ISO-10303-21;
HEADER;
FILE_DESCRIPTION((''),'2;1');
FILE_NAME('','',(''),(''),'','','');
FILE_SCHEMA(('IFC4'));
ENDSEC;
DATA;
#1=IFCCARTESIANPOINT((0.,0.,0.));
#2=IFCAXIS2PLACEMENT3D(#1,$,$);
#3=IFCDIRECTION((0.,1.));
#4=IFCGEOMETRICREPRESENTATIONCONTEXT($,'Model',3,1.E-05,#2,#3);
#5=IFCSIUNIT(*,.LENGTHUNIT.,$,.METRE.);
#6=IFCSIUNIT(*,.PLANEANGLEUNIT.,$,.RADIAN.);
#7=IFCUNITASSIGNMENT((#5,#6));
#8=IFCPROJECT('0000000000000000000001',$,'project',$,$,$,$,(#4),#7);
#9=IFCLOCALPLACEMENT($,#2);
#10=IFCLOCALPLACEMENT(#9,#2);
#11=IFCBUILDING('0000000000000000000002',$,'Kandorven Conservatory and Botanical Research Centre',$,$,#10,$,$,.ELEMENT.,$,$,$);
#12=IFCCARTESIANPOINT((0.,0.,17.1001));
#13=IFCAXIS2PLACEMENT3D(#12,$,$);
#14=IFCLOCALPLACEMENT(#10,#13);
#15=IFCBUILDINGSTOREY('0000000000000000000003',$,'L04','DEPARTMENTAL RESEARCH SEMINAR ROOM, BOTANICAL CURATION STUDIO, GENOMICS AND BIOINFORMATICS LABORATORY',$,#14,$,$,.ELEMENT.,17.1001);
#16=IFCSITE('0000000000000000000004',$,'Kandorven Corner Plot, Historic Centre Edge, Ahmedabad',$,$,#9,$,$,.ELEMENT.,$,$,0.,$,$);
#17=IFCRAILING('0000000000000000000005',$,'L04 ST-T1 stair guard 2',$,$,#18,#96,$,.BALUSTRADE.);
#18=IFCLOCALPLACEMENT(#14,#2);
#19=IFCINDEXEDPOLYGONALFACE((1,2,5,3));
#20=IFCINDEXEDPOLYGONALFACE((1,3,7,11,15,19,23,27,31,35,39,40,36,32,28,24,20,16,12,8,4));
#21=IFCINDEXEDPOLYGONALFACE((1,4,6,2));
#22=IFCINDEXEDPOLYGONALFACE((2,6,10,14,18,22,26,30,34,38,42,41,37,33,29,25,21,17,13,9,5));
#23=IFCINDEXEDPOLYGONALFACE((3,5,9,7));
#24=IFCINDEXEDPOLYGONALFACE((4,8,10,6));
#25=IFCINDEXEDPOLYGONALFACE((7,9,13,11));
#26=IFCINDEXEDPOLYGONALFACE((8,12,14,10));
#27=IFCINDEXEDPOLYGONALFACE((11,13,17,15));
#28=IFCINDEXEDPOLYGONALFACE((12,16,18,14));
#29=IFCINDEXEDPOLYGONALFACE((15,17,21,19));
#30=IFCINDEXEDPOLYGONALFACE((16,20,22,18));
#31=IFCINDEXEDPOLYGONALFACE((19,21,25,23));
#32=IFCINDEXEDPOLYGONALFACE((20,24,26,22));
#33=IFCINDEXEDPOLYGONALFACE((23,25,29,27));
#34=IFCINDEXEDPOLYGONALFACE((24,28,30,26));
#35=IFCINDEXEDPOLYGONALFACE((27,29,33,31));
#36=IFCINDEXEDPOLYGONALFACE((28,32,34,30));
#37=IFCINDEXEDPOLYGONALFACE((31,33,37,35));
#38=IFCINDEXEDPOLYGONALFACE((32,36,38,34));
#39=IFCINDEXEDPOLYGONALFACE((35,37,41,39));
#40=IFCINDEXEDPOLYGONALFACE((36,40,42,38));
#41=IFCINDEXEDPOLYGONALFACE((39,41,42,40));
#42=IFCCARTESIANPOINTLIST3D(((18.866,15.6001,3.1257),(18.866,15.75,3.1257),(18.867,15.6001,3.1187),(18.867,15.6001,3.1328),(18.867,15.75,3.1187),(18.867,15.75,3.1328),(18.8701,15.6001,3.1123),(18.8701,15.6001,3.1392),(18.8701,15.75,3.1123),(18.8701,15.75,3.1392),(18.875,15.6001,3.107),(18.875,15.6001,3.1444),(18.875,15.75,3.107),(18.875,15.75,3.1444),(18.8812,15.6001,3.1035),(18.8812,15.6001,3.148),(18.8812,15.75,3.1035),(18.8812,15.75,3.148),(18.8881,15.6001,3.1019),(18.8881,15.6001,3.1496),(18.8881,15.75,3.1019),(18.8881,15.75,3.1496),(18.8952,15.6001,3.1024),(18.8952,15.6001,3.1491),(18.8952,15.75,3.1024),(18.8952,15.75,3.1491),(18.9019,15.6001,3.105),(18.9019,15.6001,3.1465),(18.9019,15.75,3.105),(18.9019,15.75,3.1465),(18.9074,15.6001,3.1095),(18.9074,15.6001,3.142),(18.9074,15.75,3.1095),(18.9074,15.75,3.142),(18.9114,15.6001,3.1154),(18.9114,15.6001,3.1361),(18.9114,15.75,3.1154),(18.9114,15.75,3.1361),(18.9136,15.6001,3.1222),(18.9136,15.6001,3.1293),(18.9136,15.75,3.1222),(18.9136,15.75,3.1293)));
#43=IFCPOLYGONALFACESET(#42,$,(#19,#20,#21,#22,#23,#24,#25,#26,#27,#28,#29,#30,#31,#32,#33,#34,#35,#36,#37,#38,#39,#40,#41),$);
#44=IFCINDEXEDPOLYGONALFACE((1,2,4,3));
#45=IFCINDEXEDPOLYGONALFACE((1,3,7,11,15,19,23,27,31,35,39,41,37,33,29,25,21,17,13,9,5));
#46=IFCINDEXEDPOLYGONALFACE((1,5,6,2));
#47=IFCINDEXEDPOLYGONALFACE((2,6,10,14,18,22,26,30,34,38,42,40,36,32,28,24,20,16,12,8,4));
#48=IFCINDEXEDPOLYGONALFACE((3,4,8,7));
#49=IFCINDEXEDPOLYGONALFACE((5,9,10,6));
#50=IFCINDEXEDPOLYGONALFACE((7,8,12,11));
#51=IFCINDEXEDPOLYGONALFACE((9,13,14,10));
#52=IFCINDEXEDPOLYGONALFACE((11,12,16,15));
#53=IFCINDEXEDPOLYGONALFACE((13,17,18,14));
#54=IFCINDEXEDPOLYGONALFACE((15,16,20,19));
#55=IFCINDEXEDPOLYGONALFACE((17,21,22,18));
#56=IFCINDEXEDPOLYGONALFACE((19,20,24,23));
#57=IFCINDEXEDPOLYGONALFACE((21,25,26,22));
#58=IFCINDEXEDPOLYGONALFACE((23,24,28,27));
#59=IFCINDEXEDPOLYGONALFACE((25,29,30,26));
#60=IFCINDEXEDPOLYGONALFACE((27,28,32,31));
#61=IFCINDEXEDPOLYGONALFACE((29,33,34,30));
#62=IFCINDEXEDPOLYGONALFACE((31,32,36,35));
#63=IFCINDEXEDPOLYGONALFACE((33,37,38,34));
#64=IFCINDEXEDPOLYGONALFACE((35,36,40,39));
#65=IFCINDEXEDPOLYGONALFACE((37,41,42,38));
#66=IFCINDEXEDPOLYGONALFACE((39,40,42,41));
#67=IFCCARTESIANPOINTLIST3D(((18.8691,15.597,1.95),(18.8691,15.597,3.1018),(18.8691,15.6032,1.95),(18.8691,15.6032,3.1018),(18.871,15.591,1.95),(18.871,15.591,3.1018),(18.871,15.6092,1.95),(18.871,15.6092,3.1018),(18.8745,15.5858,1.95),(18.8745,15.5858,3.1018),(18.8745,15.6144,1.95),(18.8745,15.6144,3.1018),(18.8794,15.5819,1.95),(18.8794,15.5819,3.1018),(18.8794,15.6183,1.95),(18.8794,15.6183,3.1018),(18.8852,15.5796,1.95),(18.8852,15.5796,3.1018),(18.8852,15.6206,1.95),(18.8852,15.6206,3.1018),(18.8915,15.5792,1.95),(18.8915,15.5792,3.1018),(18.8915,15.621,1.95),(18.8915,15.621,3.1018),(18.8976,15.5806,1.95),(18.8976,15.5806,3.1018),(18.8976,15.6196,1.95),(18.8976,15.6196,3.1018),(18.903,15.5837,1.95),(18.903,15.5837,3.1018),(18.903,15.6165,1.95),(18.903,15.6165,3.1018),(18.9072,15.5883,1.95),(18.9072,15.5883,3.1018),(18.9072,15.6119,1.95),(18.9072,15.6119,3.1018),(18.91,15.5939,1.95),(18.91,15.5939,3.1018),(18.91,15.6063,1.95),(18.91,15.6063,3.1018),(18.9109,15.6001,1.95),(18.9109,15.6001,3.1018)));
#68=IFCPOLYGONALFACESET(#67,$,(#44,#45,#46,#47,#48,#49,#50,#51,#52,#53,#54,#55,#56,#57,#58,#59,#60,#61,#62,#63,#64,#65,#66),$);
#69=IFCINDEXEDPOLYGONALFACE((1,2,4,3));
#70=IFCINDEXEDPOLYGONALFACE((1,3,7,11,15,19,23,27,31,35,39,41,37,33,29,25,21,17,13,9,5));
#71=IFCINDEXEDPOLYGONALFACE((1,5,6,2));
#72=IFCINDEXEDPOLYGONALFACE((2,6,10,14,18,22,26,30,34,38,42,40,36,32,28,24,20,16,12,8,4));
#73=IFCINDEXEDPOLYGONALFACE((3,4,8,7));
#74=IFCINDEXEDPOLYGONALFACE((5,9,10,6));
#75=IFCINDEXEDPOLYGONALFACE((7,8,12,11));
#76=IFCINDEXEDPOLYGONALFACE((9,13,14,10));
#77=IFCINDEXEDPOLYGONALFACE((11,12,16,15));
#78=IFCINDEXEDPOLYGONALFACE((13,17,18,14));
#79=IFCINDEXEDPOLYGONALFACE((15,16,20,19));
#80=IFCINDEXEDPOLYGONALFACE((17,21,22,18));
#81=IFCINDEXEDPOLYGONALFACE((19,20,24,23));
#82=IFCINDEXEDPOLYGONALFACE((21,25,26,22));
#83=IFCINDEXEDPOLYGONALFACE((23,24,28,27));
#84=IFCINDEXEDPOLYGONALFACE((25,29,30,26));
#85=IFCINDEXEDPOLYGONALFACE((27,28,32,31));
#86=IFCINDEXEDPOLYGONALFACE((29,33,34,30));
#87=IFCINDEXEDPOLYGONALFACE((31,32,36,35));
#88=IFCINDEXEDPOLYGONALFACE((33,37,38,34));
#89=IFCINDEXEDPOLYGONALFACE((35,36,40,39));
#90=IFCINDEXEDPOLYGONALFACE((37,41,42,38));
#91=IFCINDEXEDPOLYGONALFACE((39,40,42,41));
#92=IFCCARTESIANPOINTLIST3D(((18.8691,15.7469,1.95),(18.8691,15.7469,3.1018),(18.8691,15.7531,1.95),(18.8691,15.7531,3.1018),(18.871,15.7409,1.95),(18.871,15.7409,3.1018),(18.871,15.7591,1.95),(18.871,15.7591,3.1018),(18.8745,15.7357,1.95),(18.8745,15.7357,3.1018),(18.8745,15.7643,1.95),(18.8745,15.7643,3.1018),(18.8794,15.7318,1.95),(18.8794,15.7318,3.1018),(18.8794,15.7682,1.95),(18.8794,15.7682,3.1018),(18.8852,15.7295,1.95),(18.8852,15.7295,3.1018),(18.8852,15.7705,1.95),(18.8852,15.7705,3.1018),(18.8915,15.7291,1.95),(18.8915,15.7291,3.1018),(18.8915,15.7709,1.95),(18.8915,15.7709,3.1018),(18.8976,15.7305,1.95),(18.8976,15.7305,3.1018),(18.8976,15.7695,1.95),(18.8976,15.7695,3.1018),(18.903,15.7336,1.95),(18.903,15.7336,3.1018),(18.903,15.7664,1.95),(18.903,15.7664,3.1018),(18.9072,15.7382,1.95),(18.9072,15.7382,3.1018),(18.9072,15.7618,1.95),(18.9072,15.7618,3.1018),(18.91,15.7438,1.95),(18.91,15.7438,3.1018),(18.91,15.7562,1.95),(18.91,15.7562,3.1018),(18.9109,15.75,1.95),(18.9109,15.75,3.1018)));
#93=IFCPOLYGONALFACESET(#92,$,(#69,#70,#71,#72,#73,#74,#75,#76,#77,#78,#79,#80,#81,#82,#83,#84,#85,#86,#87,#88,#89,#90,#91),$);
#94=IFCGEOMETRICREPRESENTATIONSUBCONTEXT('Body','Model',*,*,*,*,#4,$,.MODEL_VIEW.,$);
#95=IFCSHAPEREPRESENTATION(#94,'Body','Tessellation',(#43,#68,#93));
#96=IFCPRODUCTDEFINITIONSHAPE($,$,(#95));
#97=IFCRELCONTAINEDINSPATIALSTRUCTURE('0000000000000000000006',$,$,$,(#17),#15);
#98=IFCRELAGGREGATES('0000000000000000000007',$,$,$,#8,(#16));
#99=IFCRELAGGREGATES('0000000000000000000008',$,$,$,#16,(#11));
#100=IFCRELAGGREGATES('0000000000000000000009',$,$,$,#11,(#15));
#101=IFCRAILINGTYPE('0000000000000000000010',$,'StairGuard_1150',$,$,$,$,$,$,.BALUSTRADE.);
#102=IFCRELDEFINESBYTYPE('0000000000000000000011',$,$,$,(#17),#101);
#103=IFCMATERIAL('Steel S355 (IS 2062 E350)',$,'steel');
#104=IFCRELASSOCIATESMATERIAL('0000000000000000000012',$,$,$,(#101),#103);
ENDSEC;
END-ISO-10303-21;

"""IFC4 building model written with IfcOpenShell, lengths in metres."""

from ifc_helpers import new_model, si_unit, direction, frame, origin, origin_2d, place, context, subcontext, project, spatial, circle, extrude, material, type_object, element, save


model = new_model("IFC4")

# Units and contexts
model_context = context("Model", 3, precision=1e-05, world=origin(), true_north=direction((0.0, 1.0)))
body_context = subcontext(model_context, "Body", "Model", "MODEL_VIEW")
ifc_project = project(units=[si_unit("LENGTHUNIT", "METRE"), si_unit("PLANEANGLEUNIT", "RADIAN")], contexts=[model_context])

# Site, building, storey
site_placement = place(None, origin())
site = spatial("IfcSite", under=ifc_project, at=site_placement, Name="Kandorven Corner Plot, Historic Centre Edge, Ahmedabad", CompositionType="ELEMENT", RefElevation=0.0)
building_placement = place(site_placement, origin())
building = spatial("IfcBuilding", under=site, at=building_placement, Name="Kandorven Conservatory and Botanical Research Centre", CompositionType="ELEMENT")
storey_placement = place(building_placement, frame((0.0, 0.0, 17.1001)))
storey = spatial("IfcBuildingStorey", under=building, at=storey_placement, Name="L04", Description="DEPARTMENTAL RESEARCH SEMINAR ROOM, BOTANICAL CURATION STUDIO, GENOMICS AND BIOINFORMATICS LABORATORY", CompositionType="ELEMENT", Elevation=17.1001)

# Railing
ifc_material_1 = material(Name="Steel S355 (IS 2062 E350)", Category="steel")
railing_type = type_object("IfcRailingType", Name="StairGuard_1150", PredefinedType="BALUSTRADE", material=ifc_material_1)
railing_1_placement = place(storey_placement, frame((18.8899, 15.6001, 1.95)))
element("IfcRailing", 1, at=railing_1_placement, inside=storey, type_object=railing_type, Name="L04 ST-T1 stair guard 2", PredefinedType="BALUSTRADE", context=body_context, shape_type="SweptSolid", body=[
    extrude(circle(Radius=0.0239, at=origin_2d()), frame((0.0, 0.0, 1.1758), z_axis=(0.0, 1.0, 0.0), x_axis=(-1.0, 0.0, 0.0)), (0.0, 0.0, 1.0), 0.1499),
    extrude(circle(Radius=0.021, at=origin_2d()), origin(), (0.0, 0.0, 1.0), 1.1519),
    extrude(circle(Radius=0.021, at=origin_2d()), frame((0.0, 0.1499, 0.0)), (0.0, 0.0, 1.0), 1.1519),
])

save(model, "model.ifc")
